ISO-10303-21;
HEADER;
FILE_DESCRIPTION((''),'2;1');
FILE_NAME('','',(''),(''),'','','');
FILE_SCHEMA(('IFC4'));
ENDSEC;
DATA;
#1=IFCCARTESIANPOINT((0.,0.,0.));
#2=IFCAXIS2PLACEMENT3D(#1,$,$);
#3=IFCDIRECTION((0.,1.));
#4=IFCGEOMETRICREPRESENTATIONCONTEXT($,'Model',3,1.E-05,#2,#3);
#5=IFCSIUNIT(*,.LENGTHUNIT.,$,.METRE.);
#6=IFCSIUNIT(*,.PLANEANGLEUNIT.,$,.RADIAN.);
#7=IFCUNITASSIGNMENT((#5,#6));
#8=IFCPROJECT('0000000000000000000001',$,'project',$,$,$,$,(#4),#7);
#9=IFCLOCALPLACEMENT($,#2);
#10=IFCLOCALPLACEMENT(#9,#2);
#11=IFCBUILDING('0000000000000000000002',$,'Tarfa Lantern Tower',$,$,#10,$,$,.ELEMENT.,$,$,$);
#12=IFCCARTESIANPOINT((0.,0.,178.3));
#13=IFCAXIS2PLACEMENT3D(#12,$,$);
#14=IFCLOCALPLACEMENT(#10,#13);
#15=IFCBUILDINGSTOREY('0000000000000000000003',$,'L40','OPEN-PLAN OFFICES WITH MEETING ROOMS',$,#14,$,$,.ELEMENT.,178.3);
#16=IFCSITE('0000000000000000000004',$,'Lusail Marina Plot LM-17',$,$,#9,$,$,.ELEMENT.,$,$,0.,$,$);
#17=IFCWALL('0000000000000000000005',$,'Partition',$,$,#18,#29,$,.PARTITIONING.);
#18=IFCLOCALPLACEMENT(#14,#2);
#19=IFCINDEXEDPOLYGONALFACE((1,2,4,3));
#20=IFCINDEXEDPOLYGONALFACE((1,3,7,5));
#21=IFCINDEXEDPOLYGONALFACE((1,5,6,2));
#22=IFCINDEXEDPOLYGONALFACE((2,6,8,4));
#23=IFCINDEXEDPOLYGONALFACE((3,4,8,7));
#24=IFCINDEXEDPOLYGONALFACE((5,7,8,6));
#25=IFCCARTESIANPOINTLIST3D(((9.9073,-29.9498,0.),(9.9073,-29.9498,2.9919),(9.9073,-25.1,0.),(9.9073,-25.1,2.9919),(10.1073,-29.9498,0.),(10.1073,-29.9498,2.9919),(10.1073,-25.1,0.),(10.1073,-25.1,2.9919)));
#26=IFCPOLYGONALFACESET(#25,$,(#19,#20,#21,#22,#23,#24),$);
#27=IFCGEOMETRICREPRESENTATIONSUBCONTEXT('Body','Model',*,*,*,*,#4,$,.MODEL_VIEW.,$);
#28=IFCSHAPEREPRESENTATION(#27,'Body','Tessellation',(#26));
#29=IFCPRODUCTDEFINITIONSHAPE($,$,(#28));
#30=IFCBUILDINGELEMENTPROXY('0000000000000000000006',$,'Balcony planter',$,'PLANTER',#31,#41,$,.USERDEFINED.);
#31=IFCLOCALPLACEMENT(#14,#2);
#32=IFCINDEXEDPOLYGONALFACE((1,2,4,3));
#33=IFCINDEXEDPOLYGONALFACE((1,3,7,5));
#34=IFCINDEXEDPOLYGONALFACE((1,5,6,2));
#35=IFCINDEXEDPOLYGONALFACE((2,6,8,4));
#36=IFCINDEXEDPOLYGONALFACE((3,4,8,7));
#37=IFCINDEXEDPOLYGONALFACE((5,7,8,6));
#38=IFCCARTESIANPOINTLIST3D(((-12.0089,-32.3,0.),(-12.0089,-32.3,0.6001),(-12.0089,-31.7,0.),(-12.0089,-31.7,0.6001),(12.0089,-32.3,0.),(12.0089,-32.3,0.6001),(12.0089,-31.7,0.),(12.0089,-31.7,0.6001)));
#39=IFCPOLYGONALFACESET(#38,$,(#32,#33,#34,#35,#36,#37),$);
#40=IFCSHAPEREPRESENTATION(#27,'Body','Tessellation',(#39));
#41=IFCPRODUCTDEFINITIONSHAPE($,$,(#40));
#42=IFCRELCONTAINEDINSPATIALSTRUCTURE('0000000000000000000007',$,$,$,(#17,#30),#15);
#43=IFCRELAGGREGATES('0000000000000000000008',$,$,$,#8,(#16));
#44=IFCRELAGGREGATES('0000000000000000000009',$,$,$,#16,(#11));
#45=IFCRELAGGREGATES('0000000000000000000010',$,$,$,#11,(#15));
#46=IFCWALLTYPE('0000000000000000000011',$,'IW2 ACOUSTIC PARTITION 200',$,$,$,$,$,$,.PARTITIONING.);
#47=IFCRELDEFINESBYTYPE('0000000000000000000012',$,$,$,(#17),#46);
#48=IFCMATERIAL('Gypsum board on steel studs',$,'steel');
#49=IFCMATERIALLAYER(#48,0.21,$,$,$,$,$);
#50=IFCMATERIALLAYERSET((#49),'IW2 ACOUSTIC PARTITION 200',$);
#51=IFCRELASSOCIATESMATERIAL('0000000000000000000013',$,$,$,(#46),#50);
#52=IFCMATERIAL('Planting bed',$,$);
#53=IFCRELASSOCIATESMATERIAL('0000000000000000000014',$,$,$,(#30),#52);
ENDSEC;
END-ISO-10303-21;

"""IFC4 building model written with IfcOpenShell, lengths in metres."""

from ifc_helpers import new_model, si_unit, direction, frame, frame_2d, origin, origin_2d, place, context, subcontext, project, spatial, rectangle, extrude, material, layer, layer_set, type_object, element, save


model = new_model("IFC4")

# Units and contexts
model_context = context("Model", 3, precision=1e-05, world=origin(), true_north=direction((0.0, 1.0)))
body_context = subcontext(model_context, "Body", "Model", "MODEL_VIEW")
ifc_project = project(units=[si_unit("LENGTHUNIT", "METRE"), si_unit("PLANEANGLEUNIT", "RADIAN")], contexts=[model_context])

# Site, building, storey
site_placement = place(None, origin())
site = spatial("IfcSite", under=ifc_project, at=site_placement, Name="Lusail Marina Plot LM-17", CompositionType="ELEMENT", RefElevation=0.0)
building_placement = place(site_placement, origin())
building = spatial("IfcBuilding", under=site, at=building_placement, Name="Tarfa Lantern Tower", CompositionType="ELEMENT")
storey_placement = place(building_placement, frame((0.0, 0.0, 178.3)))
storey = spatial("IfcBuildingStorey", under=building, at=storey_placement, Name="L40", Description="OPEN-PLAN OFFICES WITH MEETING ROOMS", CompositionType="ELEMENT", Elevation=178.3)

# Wall
ifc_material_1 = material(Name="Gypsum board on steel studs", Category="steel")
ifc_layer_1 = layer(ifc_material_1, 0.21)
ifc_layer_set_1 = layer_set([ifc_layer_1], Name="IW2 ACOUSTIC PARTITION 200")
wall_type_1 = type_object("IfcWallType", Name="IW2 ACOUSTIC PARTITION 200", PredefinedType="PARTITIONING", material=ifc_layer_set_1)
wall_1_placement = place(storey_placement, frame((10.0073, -25.1001, 0.0), z_axis=(0.0, 0.0, 1.0), x_axis=(0.0, -1.0, 0.0)))
element("IfcWall", 1, at=wall_1_placement, inside=storey, type_object=wall_type_1, Name="Partition", PredefinedType="PARTITIONING", context=body_context, shape_type="SweptSolid", body=[
    extrude(rectangle(XDim=4.8499, YDim=0.2, at=frame_2d((2.4248, 0.0))), origin(), (0.0, 0.0, 1.0), 2.9919),
])

# Building element proxy
ifc_material_2 = material(Name="Planting bed")
proxy_placement = place(storey_placement, frame((0.0, -32.0, 0.0), z_axis=(0.0, 0.0, 1.0), x_axis=(1.0, 0.0, 0.0)))
element("IfcBuildingElementProxy", 2, at=proxy_placement, inside=storey, material=ifc_material_2, Name="Balcony planter", ObjectType="PLANTER", PredefinedType="USERDEFINED", context=body_context, shape_type="SweptSolid", body=[
    extrude(rectangle(XDim=24.0178, YDim=0.6001, at=origin_2d()), origin(), (0.0, 0.0, 1.0), 0.6001),
])

save(model, "model.ifc")
